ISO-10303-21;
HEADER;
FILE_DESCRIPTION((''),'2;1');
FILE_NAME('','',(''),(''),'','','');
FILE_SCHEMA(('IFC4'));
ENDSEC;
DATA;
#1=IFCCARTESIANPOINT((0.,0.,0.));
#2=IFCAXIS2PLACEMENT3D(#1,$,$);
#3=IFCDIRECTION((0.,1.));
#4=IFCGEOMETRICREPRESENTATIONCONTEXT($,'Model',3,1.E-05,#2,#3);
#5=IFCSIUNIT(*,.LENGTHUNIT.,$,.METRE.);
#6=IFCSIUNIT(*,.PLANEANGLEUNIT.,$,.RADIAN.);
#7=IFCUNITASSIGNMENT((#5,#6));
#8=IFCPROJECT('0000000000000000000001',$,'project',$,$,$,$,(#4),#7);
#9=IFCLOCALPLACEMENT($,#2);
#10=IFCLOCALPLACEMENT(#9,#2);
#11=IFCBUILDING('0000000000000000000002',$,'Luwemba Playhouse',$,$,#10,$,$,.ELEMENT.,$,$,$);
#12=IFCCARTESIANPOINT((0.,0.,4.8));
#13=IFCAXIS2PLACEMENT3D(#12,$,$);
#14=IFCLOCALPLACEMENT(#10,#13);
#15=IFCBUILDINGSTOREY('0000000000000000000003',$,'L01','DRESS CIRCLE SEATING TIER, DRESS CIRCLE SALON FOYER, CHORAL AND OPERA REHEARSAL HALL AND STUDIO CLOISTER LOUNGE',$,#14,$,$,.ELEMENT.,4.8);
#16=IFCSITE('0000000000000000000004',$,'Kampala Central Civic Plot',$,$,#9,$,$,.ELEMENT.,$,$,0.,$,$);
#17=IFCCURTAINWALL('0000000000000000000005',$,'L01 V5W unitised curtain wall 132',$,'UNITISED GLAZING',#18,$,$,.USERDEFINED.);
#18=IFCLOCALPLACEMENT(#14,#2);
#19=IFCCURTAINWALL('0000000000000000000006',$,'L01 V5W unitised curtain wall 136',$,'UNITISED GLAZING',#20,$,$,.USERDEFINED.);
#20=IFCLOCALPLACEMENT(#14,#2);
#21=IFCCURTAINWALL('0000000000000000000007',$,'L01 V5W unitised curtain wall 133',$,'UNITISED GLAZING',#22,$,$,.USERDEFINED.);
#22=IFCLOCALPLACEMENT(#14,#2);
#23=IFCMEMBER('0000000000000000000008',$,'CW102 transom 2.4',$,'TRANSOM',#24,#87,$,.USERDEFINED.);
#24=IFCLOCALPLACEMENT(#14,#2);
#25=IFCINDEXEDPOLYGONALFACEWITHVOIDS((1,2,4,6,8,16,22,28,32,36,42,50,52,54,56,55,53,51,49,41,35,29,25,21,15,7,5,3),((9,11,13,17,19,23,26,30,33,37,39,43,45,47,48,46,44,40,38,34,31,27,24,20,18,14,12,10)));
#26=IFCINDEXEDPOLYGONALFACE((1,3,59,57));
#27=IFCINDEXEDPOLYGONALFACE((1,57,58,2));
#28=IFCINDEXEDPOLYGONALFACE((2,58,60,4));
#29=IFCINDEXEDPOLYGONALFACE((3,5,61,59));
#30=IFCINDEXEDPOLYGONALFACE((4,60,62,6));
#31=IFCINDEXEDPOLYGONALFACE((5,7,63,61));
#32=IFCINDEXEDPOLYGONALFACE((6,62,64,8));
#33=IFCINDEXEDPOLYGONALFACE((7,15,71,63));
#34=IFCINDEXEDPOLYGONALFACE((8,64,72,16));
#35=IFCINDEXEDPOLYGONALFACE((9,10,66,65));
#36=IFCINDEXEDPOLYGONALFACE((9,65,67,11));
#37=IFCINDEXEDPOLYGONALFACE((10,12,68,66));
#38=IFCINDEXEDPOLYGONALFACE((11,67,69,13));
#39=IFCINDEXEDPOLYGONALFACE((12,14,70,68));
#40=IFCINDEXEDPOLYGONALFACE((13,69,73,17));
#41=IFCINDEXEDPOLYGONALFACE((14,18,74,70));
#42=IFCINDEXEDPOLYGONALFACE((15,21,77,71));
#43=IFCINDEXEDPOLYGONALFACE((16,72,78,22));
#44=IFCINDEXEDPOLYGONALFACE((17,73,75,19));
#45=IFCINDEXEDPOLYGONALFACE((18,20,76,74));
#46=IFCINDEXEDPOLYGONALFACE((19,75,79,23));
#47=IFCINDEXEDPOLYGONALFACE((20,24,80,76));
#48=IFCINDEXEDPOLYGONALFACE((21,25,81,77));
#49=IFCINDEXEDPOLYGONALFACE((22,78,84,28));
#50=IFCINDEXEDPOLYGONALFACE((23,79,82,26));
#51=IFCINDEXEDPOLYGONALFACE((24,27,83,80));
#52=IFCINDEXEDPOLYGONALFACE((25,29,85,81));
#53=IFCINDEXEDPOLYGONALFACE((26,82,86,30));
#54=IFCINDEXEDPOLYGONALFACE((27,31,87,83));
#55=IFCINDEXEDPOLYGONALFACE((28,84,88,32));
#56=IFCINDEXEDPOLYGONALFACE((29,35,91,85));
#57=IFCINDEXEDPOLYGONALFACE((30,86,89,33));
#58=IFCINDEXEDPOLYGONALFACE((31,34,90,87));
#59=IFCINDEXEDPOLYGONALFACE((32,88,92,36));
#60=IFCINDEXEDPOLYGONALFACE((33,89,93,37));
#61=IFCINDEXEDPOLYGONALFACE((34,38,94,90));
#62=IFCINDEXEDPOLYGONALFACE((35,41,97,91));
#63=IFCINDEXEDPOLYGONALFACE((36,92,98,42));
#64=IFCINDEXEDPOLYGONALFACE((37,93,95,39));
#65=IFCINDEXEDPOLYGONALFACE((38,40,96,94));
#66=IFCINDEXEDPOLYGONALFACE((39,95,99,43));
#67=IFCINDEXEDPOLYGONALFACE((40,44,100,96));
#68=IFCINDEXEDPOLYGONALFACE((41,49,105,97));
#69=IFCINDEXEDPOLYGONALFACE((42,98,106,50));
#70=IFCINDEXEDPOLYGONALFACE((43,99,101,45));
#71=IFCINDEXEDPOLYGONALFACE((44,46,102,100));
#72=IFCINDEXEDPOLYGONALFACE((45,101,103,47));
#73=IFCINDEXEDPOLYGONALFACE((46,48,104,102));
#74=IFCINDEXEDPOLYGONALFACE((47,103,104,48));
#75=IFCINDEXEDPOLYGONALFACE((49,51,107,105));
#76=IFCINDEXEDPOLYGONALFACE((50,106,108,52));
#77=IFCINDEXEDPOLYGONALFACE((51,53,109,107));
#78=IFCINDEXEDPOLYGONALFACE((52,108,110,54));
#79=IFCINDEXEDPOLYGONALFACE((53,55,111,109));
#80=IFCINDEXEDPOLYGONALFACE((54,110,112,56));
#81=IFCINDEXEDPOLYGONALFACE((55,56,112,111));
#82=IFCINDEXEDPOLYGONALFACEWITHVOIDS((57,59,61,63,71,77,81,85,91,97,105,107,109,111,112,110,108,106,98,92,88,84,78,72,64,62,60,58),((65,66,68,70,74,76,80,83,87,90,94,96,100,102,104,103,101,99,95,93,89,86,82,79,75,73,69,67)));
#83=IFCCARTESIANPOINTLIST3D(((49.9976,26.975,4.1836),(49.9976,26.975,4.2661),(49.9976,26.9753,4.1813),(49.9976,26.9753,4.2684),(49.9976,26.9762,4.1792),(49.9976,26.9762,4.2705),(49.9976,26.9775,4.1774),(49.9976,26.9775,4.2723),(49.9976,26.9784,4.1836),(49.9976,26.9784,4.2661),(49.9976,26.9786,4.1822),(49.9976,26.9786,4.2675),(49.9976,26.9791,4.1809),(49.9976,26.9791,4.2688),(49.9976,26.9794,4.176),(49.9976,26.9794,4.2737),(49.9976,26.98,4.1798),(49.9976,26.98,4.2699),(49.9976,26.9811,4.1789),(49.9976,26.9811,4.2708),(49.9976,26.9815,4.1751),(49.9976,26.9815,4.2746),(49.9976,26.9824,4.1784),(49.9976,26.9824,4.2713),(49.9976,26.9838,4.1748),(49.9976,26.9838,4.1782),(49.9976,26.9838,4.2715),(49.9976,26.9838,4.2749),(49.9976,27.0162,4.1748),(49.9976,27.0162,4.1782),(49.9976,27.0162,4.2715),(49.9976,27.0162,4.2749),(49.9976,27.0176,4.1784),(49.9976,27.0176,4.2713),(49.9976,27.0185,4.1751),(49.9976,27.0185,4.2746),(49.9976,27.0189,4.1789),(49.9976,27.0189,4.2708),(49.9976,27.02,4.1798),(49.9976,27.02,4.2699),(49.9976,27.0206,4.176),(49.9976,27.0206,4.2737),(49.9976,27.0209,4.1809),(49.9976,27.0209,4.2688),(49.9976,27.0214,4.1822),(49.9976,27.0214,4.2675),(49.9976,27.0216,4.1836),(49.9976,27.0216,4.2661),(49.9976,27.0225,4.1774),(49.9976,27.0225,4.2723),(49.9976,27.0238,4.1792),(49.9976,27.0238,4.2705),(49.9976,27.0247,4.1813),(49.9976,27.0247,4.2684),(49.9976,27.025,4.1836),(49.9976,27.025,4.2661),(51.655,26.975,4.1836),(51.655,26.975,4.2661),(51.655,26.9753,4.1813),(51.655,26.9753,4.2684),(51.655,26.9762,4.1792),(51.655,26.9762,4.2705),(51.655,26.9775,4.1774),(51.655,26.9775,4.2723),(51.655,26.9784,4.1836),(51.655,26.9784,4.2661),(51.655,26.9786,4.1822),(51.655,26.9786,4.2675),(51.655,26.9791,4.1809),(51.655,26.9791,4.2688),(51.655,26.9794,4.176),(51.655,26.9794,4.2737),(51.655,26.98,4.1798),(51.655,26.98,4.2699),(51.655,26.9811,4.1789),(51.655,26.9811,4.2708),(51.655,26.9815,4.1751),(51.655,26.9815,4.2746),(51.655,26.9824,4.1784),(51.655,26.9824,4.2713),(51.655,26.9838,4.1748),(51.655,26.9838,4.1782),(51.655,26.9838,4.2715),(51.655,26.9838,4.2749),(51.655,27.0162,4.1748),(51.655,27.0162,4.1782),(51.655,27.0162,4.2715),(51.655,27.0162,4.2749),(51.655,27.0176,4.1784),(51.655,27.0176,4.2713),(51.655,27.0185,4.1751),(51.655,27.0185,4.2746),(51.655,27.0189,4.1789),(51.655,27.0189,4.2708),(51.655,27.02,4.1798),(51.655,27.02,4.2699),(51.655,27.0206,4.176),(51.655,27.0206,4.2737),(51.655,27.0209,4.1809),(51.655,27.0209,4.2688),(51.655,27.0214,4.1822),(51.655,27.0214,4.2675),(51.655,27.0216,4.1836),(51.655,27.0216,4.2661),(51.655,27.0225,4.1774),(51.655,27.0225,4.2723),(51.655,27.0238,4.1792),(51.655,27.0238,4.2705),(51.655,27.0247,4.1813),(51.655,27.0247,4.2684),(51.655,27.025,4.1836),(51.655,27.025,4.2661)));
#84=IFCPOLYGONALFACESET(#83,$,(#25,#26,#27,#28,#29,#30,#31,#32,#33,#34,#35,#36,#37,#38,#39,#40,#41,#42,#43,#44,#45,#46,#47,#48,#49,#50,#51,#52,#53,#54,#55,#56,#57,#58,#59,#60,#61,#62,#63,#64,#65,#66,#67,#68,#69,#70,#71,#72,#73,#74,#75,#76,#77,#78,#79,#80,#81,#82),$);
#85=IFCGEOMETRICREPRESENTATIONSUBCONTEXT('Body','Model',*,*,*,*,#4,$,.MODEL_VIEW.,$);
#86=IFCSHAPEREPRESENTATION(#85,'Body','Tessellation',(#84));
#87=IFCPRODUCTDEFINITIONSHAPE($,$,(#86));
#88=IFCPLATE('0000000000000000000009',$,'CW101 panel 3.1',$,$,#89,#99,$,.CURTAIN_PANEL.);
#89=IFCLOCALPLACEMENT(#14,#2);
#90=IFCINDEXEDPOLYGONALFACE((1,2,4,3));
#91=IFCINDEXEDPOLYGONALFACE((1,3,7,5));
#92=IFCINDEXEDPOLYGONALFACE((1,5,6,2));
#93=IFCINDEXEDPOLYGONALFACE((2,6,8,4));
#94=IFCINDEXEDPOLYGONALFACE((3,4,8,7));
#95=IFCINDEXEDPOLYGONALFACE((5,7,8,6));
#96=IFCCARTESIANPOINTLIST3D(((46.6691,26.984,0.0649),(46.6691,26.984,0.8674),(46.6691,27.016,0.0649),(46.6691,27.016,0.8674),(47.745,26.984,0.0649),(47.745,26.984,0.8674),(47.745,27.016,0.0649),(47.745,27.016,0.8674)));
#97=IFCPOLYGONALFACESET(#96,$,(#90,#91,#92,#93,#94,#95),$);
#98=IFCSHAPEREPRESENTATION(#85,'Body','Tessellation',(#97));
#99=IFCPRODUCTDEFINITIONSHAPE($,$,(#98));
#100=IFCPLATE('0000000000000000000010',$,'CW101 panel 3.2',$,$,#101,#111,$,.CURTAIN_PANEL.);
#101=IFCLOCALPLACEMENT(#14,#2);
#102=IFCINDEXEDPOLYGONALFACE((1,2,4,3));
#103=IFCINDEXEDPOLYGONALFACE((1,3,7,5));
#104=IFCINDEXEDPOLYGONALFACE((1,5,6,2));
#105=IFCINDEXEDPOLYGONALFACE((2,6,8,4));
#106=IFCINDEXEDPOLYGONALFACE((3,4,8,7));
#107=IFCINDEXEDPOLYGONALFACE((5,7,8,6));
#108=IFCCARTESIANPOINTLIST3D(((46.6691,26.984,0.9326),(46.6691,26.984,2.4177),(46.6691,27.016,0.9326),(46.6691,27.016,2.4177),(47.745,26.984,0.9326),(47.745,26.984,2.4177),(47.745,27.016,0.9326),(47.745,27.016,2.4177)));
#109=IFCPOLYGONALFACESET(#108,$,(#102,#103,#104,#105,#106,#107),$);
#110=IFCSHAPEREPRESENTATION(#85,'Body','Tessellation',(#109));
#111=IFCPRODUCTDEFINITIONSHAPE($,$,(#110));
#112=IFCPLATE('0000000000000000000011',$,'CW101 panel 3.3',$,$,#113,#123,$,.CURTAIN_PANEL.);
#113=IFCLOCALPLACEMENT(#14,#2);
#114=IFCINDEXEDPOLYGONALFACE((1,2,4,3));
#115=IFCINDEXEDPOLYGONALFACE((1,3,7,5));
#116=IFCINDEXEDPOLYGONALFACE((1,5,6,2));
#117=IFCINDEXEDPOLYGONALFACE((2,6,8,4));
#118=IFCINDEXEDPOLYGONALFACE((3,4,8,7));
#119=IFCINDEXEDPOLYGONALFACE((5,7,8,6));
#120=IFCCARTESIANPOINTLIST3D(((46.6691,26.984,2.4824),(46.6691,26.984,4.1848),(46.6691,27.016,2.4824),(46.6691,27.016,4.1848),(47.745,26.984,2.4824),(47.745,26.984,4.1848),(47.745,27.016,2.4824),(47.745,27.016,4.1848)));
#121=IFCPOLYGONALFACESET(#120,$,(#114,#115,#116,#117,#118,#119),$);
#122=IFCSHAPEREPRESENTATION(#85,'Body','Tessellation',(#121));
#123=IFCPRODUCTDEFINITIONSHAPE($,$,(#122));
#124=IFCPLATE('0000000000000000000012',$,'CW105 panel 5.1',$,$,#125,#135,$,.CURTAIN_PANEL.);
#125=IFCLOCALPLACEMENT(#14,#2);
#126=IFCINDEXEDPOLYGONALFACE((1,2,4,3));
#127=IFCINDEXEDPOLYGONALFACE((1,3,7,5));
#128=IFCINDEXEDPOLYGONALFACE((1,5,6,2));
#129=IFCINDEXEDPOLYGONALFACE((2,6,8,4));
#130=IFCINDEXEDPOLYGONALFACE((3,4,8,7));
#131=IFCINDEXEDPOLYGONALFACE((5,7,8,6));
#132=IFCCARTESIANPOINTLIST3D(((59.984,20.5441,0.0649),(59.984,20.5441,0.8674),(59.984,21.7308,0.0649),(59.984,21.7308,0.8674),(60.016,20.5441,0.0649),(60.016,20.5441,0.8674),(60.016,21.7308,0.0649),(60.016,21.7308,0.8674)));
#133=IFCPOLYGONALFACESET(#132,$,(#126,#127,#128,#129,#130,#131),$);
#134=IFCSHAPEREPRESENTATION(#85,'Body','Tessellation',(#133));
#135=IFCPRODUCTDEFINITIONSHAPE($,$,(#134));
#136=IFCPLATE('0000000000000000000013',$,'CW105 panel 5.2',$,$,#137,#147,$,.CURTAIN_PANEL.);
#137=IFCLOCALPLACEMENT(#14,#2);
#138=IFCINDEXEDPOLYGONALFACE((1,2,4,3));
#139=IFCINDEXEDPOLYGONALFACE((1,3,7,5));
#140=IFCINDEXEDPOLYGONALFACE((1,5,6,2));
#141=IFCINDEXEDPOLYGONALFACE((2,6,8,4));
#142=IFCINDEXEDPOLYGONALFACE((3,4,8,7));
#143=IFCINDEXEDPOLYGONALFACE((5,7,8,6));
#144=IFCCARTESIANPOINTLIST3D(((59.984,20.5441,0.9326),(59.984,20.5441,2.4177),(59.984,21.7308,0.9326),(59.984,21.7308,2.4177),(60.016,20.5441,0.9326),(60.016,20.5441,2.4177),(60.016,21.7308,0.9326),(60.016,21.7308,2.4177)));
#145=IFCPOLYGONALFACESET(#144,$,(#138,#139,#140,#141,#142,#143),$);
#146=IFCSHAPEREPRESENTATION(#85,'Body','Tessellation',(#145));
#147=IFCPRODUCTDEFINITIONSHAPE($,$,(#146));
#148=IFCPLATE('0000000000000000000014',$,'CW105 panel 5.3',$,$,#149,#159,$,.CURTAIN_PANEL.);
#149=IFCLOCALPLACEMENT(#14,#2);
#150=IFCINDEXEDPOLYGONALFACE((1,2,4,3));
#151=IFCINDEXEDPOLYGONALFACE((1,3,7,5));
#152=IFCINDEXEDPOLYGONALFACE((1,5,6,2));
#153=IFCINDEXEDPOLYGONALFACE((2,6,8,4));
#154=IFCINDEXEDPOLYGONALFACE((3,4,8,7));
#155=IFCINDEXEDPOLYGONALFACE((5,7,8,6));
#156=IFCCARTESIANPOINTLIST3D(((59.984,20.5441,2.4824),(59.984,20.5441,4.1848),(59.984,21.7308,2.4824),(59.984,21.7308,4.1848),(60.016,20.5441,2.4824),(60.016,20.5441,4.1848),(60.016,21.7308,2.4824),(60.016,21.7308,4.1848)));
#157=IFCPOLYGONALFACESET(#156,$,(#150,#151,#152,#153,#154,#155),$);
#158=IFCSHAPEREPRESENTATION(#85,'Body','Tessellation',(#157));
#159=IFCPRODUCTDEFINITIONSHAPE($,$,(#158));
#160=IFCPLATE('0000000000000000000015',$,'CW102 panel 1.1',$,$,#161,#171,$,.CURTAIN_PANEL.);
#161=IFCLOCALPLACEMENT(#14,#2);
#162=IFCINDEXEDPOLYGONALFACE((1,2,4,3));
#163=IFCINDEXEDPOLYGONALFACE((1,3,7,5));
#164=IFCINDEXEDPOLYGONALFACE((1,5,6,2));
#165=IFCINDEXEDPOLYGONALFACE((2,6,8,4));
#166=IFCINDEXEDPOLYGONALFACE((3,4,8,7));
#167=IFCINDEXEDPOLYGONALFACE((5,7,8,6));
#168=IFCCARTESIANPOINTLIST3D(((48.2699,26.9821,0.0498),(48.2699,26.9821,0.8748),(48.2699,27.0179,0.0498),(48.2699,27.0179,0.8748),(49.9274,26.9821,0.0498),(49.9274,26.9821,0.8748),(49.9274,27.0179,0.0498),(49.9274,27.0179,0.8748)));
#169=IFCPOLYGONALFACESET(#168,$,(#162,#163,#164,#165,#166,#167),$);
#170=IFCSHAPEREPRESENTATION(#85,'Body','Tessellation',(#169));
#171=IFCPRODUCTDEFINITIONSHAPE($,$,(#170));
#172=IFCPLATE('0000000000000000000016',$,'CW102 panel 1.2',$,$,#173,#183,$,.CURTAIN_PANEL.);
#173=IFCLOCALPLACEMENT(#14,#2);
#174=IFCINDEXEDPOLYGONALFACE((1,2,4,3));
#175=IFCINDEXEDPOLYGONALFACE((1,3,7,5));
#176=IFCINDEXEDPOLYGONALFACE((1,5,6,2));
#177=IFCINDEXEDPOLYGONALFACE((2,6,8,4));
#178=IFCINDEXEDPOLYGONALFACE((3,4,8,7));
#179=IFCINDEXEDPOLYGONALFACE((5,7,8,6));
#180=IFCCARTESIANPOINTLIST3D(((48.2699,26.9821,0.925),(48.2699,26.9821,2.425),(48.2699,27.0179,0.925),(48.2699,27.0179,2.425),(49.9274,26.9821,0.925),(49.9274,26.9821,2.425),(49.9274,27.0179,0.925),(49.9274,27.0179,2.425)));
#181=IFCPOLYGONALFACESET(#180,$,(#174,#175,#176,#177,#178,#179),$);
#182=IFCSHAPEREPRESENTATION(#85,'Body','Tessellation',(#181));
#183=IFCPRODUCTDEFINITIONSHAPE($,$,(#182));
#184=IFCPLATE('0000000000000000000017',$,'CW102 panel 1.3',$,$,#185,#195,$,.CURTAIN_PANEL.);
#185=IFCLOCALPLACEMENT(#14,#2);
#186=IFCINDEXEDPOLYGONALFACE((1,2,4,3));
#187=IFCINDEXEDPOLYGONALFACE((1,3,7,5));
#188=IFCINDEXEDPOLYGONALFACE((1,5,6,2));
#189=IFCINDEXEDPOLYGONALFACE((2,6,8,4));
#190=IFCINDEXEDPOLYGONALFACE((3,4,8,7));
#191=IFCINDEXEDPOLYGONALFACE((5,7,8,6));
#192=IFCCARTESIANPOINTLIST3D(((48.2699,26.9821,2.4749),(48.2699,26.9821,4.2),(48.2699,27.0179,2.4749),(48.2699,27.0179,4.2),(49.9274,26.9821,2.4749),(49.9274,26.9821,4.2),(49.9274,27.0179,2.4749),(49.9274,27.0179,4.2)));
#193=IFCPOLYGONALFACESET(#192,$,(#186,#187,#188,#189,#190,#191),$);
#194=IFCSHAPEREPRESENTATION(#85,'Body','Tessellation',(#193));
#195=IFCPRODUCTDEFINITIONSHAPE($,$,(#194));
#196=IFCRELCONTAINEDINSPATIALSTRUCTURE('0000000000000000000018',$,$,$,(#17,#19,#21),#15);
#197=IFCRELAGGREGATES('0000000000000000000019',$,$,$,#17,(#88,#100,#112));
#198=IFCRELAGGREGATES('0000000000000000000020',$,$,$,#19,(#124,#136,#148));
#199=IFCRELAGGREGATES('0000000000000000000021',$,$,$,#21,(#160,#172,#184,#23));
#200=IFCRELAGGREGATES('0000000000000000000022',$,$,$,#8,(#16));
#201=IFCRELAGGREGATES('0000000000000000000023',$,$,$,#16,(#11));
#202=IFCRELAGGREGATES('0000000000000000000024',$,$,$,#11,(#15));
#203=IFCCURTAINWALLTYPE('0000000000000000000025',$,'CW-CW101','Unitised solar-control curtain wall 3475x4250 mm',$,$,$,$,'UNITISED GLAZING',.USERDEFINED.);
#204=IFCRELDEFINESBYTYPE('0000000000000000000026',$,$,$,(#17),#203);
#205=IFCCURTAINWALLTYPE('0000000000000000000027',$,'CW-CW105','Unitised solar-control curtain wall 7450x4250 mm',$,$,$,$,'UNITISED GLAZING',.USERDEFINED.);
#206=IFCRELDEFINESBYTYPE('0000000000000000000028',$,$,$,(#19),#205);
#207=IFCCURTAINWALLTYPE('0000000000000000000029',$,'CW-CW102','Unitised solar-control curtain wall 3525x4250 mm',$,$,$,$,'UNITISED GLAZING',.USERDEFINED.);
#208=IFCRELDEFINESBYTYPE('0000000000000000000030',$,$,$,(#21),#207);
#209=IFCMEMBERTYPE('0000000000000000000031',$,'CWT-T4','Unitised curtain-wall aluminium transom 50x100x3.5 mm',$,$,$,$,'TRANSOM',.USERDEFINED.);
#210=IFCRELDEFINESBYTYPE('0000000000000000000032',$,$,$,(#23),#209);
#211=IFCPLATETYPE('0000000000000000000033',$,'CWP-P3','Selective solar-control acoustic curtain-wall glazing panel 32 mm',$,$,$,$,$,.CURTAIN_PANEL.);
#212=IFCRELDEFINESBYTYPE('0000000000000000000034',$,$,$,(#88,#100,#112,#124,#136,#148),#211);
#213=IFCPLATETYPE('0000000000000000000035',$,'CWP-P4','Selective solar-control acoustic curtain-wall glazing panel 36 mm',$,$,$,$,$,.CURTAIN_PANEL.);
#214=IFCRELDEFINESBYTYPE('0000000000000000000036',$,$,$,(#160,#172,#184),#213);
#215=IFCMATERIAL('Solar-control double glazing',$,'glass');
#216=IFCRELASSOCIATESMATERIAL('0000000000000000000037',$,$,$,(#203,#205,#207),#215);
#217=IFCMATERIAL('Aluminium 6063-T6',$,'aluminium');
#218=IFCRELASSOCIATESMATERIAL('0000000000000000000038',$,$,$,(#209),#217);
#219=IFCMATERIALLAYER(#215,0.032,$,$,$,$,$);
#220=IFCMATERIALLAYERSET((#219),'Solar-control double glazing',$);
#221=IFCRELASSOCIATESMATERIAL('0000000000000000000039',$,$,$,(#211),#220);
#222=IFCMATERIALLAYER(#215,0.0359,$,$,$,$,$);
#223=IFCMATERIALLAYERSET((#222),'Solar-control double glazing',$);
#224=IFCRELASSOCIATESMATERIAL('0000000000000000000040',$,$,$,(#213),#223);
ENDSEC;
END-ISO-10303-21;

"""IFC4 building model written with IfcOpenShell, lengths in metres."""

from ifc_helpers import new_model, si_unit, direction, frame, origin, origin_2d, place, context, subcontext, project, spatial, rectangle, hollow_rectangle, extrude, material, layer, layer_set, material_profile, profile_set, type_object, element, aggregate, save


model = new_model("IFC4")

# Units and contexts
model_context = context("Model", 3, precision=1e-05, world=origin(), true_north=direction((0.0, 1.0)))
body_context = subcontext(model_context, "Body", "Model", "MODEL_VIEW")
ifc_project = project(units=[si_unit("LENGTHUNIT", "METRE"), si_unit("PLANEANGLEUNIT", "RADIAN")], contexts=[model_context])

# Site, building, storey
site_placement = place(None, origin())
site = spatial("IfcSite", under=ifc_project, at=site_placement, Name="Kampala Central Civic Plot", CompositionType="ELEMENT", RefElevation=0.0)
building_placement = place(site_placement, origin())
building = spatial("IfcBuilding", under=site, at=building_placement, Name="Luwemba Playhouse", CompositionType="ELEMENT")
storey_placement = place(building_placement, frame((0.0, 0.0, 4.8)))
storey = spatial("IfcBuildingStorey", under=building, at=storey_placement, Name="L01", Description="DRESS CIRCLE SEATING TIER, DRESS CIRCLE SALON FOYER, CHORAL AND OPERA REHEARSAL HALL AND STUDIO CLOISTER LOUNGE", CompositionType="ELEMENT", Elevation=4.8)

# Curtain walls
ifc_material_1 = material(Name="Solar-control double glazing", Category="glass")
curtain_wall_type_1 = type_object("IfcCurtainWallType", Name="CW-CW101", Description="Unitised solar-control curtain wall 3475x4250 mm", ElementType="UNITISED GLAZING", PredefinedType="USERDEFINED", material=ifc_material_1)
curtain_wall_1_placement = place(storey_placement, origin())
curtain_wall_1 = element("IfcCurtainWall", 1, at=curtain_wall_1_placement, inside=storey, type_object=curtain_wall_type_1, Name="L01 V5W unitised curtain wall 132", ObjectType="UNITISED GLAZING", PredefinedType="USERDEFINED")
ifc_material_2 = material(Name="Aluminium 6063-T6", Category="aluminium")
curtain_wall_type_2 = type_object("IfcCurtainWallType", Name="CW-CW105", Description="Unitised solar-control curtain wall 7450x4250 mm", ElementType="UNITISED GLAZING", PredefinedType="USERDEFINED", material=ifc_material_1)
curtain_wall_2_placement = place(storey_placement, origin())
curtain_wall_2 = element("IfcCurtainWall", 2, at=curtain_wall_2_placement, inside=storey, type_object=curtain_wall_type_2, Name="L01 V5W unitised curtain wall 136", ObjectType="UNITISED GLAZING", PredefinedType="USERDEFINED")

# Curtain wall
curtain_wall_type_3 = type_object("IfcCurtainWallType", Name="CW-CW102", Description="Unitised solar-control curtain wall 3525x4250 mm", ElementType="UNITISED GLAZING", PredefinedType="USERDEFINED", material=ifc_material_1)
curtain_wall_3_placement = place(storey_placement, origin())
curtain_wall_3 = element("IfcCurtainWall", 3, at=curtain_wall_3_placement, inside=storey, type_object=curtain_wall_type_3, Name="L01 V5W unitised curtain wall 133", ObjectType="UNITISED GLAZING", PredefinedType="USERDEFINED")

# Member
ifc_material_profile_1 = material_profile(ifc_material_2, hollow_rectangle(XDim=0.05, YDim=0.1001, WallThickness=0.0034, InnerFilletRadius=0.0054, OuterFilletRadius=0.0088, at=origin_2d()))
ifc_profile_set_1 = profile_set([ifc_material_profile_1], Name="Aluminium 6063-T6")
member_type_1 = type_object("IfcMemberType", Name="CWT-T4", Description="Unitised curtain-wall aluminium transom 50x100x3.5 mm", ElementType="TRANSOM", PredefinedType="USERDEFINED", material=ifc_profile_set_1)
member_1_placement = place(storey_placement, frame((49.9976, 27.0, 4.2249), z_axis=(1.0, 0.0, 0.0), x_axis=(0.0, 1.0, 0.0)))
member_1 = element("IfcMember", 4, at=member_1_placement, type_object=member_type_1, Name="CW102 transom 2.4", ObjectType="TRANSOM", PredefinedType="USERDEFINED", context=body_context, shape_type="SweptSolid", body=[
    extrude(hollow_rectangle(XDim=0.05, YDim=0.1001, WallThickness=0.0034, InnerFilletRadius=0.0054, OuterFilletRadius=0.0088, at=origin_2d()), origin(), (0.0, 0.0, 1.0), 1.6575),
])

# Plates
ifc_layer_1 = layer(ifc_material_1, 0.032)
ifc_layer_set_1 = layer_set([ifc_layer_1], Name="Solar-control double glazing")
plate_type_1 = type_object("IfcPlateType", Name="CWP-P3", Description="Selective solar-control acoustic curtain-wall glazing panel 32 mm", PredefinedType="CURTAIN_PANEL", material=ifc_layer_set_1)
plate_1_placement = place(storey_placement, frame((47.207, 27.0, 0.0649), z_axis=(0.0, 0.0, 1.0), x_axis=(1.0, 0.0, 0.0)))
plate_1 = element("IfcPlate", 5, at=plate_1_placement, type_object=plate_type_1, Name="CW101 panel 3.1", PredefinedType="CURTAIN_PANEL", context=body_context, shape_type="SweptSolid", body=[
    extrude(rectangle(XDim=1.0759, YDim=0.032, at=origin_2d()), origin(), (0.0, 0.0, 1.0), 0.8025),
])
plate_2_placement = place(storey_placement, frame((47.207, 27.0, 0.9326), z_axis=(0.0, 0.0, 1.0), x_axis=(1.0, 0.0, 0.0)))
plate_2 = element("IfcPlate", 6, at=plate_2_placement, type_object=plate_type_1, Name="CW101 panel 3.2", PredefinedType="CURTAIN_PANEL", context=body_context, shape_type="SweptSolid", body=[
    extrude(rectangle(XDim=1.0759, YDim=0.032, at=origin_2d()), origin(), (0.0, 0.0, 1.0), 1.4851),
])
plate_3_placement = place(storey_placement, frame((47.207, 27.0, 2.4824), z_axis=(0.0, 0.0, 1.0), x_axis=(1.0, 0.0, 0.0)))
plate_3 = element("IfcPlate", 7, at=plate_3_placement, type_object=plate_type_1, Name="CW101 panel 3.3", PredefinedType="CURTAIN_PANEL", context=body_context, shape_type="SweptSolid", body=[
    extrude(rectangle(XDim=1.0759, YDim=0.032, at=origin_2d()), origin(), (0.0, 0.0, 1.0), 1.7024),
])
aggregate(curtain_wall_1, [plate_1, plate_2, plate_3])
plate_4_placement = place(storey_placement, frame((60.0, 21.1375, 0.0649), z_axis=(0.0, 0.0, 1.0), x_axis=(0.0, -1.0, 0.0)))
plate_4 = element("IfcPlate", 8, at=plate_4_placement, type_object=plate_type_1, Name="CW105 panel 5.1", PredefinedType="CURTAIN_PANEL", context=body_context, shape_type="SweptSolid", body=[
    extrude(rectangle(XDim=1.1868, YDim=0.032, at=origin_2d()), origin(), (0.0, 0.0, 1.0), 0.8025),
])
plate_5_placement = place(storey_placement, frame((60.0, 21.1375, 0.9326), z_axis=(0.0, 0.0, 1.0), x_axis=(0.0, -1.0, 0.0)))
plate_5 = element("IfcPlate", 9, at=plate_5_placement, type_object=plate_type_1, Name="CW105 panel 5.2", PredefinedType="CURTAIN_PANEL", context=body_context, shape_type="SweptSolid", body=[
    extrude(rectangle(XDim=1.1868, YDim=0.032, at=origin_2d()), origin(), (0.0, 0.0, 1.0), 1.4851),
])
plate_6_placement = place(storey_placement, frame((60.0, 21.1375, 2.4824), z_axis=(0.0, 0.0, 1.0), x_axis=(0.0, -1.0, 0.0)))
plate_6 = element("IfcPlate", 10, at=plate_6_placement, type_object=plate_type_1, Name="CW105 panel 5.3", PredefinedType="CURTAIN_PANEL", context=body_context, shape_type="SweptSolid", body=[
    extrude(rectangle(XDim=1.1868, YDim=0.032, at=origin_2d()), origin(), (0.0, 0.0, 1.0), 1.7024),
])
aggregate(curtain_wall_2, [plate_4, plate_5, plate_6])
ifc_layer_2 = layer(ifc_material_1, 0.0359)
ifc_layer_set_2 = layer_set([ifc_layer_2], Name="Solar-control double glazing")
plate_type_2 = type_object("IfcPlateType", Name="CWP-P4", Description="Selective solar-control acoustic curtain-wall glazing panel 36 mm", PredefinedType="CURTAIN_PANEL", material=ifc_layer_set_2)
plate_7_placement = place(storey_placement, frame((49.0986, 27.0, 0.0498), z_axis=(0.0, 0.0, 1.0), x_axis=(1.0, 0.0, 0.0)))
plate_7 = element("IfcPlate", 11, at=plate_7_placement, type_object=plate_type_2, Name="CW102 panel 1.1", PredefinedType="CURTAIN_PANEL", context=body_context, shape_type="SweptSolid", body=[
    extrude(rectangle(XDim=1.6575, YDim=0.0359, at=origin_2d()), origin(), (0.0, 0.0, 1.0), 0.825),
])
plate_8_placement = place(storey_placement, frame((49.0986, 27.0, 0.925), z_axis=(0.0, 0.0, 1.0), x_axis=(1.0, 0.0, 0.0)))
plate_8 = element("IfcPlate", 12, at=plate_8_placement, type_object=plate_type_2, Name="CW102 panel 1.2", PredefinedType="CURTAIN_PANEL", context=body_context, shape_type="SweptSolid", body=[
    extrude(rectangle(XDim=1.6575, YDim=0.0359, at=origin_2d()), origin(), (0.0, 0.0, 1.0), 1.5),
])
plate_9_placement = place(storey_placement, frame((49.0986, 27.0, 2.4749), z_axis=(0.0, 0.0, 1.0), x_axis=(1.0, 0.0, 0.0)))
plate_9 = element("IfcPlate", 13, at=plate_9_placement, type_object=plate_type_2, Name="CW102 panel 1.3", PredefinedType="CURTAIN_PANEL", context=body_context, shape_type="SweptSolid", body=[
    extrude(rectangle(XDim=1.6575, YDim=0.0359, at=origin_2d()), origin(), (0.0, 0.0, 1.0), 1.7251),
])
aggregate(curtain_wall_3, [plate_7, plate_8, plate_9, member_1])

save(model, "model.ifc")
